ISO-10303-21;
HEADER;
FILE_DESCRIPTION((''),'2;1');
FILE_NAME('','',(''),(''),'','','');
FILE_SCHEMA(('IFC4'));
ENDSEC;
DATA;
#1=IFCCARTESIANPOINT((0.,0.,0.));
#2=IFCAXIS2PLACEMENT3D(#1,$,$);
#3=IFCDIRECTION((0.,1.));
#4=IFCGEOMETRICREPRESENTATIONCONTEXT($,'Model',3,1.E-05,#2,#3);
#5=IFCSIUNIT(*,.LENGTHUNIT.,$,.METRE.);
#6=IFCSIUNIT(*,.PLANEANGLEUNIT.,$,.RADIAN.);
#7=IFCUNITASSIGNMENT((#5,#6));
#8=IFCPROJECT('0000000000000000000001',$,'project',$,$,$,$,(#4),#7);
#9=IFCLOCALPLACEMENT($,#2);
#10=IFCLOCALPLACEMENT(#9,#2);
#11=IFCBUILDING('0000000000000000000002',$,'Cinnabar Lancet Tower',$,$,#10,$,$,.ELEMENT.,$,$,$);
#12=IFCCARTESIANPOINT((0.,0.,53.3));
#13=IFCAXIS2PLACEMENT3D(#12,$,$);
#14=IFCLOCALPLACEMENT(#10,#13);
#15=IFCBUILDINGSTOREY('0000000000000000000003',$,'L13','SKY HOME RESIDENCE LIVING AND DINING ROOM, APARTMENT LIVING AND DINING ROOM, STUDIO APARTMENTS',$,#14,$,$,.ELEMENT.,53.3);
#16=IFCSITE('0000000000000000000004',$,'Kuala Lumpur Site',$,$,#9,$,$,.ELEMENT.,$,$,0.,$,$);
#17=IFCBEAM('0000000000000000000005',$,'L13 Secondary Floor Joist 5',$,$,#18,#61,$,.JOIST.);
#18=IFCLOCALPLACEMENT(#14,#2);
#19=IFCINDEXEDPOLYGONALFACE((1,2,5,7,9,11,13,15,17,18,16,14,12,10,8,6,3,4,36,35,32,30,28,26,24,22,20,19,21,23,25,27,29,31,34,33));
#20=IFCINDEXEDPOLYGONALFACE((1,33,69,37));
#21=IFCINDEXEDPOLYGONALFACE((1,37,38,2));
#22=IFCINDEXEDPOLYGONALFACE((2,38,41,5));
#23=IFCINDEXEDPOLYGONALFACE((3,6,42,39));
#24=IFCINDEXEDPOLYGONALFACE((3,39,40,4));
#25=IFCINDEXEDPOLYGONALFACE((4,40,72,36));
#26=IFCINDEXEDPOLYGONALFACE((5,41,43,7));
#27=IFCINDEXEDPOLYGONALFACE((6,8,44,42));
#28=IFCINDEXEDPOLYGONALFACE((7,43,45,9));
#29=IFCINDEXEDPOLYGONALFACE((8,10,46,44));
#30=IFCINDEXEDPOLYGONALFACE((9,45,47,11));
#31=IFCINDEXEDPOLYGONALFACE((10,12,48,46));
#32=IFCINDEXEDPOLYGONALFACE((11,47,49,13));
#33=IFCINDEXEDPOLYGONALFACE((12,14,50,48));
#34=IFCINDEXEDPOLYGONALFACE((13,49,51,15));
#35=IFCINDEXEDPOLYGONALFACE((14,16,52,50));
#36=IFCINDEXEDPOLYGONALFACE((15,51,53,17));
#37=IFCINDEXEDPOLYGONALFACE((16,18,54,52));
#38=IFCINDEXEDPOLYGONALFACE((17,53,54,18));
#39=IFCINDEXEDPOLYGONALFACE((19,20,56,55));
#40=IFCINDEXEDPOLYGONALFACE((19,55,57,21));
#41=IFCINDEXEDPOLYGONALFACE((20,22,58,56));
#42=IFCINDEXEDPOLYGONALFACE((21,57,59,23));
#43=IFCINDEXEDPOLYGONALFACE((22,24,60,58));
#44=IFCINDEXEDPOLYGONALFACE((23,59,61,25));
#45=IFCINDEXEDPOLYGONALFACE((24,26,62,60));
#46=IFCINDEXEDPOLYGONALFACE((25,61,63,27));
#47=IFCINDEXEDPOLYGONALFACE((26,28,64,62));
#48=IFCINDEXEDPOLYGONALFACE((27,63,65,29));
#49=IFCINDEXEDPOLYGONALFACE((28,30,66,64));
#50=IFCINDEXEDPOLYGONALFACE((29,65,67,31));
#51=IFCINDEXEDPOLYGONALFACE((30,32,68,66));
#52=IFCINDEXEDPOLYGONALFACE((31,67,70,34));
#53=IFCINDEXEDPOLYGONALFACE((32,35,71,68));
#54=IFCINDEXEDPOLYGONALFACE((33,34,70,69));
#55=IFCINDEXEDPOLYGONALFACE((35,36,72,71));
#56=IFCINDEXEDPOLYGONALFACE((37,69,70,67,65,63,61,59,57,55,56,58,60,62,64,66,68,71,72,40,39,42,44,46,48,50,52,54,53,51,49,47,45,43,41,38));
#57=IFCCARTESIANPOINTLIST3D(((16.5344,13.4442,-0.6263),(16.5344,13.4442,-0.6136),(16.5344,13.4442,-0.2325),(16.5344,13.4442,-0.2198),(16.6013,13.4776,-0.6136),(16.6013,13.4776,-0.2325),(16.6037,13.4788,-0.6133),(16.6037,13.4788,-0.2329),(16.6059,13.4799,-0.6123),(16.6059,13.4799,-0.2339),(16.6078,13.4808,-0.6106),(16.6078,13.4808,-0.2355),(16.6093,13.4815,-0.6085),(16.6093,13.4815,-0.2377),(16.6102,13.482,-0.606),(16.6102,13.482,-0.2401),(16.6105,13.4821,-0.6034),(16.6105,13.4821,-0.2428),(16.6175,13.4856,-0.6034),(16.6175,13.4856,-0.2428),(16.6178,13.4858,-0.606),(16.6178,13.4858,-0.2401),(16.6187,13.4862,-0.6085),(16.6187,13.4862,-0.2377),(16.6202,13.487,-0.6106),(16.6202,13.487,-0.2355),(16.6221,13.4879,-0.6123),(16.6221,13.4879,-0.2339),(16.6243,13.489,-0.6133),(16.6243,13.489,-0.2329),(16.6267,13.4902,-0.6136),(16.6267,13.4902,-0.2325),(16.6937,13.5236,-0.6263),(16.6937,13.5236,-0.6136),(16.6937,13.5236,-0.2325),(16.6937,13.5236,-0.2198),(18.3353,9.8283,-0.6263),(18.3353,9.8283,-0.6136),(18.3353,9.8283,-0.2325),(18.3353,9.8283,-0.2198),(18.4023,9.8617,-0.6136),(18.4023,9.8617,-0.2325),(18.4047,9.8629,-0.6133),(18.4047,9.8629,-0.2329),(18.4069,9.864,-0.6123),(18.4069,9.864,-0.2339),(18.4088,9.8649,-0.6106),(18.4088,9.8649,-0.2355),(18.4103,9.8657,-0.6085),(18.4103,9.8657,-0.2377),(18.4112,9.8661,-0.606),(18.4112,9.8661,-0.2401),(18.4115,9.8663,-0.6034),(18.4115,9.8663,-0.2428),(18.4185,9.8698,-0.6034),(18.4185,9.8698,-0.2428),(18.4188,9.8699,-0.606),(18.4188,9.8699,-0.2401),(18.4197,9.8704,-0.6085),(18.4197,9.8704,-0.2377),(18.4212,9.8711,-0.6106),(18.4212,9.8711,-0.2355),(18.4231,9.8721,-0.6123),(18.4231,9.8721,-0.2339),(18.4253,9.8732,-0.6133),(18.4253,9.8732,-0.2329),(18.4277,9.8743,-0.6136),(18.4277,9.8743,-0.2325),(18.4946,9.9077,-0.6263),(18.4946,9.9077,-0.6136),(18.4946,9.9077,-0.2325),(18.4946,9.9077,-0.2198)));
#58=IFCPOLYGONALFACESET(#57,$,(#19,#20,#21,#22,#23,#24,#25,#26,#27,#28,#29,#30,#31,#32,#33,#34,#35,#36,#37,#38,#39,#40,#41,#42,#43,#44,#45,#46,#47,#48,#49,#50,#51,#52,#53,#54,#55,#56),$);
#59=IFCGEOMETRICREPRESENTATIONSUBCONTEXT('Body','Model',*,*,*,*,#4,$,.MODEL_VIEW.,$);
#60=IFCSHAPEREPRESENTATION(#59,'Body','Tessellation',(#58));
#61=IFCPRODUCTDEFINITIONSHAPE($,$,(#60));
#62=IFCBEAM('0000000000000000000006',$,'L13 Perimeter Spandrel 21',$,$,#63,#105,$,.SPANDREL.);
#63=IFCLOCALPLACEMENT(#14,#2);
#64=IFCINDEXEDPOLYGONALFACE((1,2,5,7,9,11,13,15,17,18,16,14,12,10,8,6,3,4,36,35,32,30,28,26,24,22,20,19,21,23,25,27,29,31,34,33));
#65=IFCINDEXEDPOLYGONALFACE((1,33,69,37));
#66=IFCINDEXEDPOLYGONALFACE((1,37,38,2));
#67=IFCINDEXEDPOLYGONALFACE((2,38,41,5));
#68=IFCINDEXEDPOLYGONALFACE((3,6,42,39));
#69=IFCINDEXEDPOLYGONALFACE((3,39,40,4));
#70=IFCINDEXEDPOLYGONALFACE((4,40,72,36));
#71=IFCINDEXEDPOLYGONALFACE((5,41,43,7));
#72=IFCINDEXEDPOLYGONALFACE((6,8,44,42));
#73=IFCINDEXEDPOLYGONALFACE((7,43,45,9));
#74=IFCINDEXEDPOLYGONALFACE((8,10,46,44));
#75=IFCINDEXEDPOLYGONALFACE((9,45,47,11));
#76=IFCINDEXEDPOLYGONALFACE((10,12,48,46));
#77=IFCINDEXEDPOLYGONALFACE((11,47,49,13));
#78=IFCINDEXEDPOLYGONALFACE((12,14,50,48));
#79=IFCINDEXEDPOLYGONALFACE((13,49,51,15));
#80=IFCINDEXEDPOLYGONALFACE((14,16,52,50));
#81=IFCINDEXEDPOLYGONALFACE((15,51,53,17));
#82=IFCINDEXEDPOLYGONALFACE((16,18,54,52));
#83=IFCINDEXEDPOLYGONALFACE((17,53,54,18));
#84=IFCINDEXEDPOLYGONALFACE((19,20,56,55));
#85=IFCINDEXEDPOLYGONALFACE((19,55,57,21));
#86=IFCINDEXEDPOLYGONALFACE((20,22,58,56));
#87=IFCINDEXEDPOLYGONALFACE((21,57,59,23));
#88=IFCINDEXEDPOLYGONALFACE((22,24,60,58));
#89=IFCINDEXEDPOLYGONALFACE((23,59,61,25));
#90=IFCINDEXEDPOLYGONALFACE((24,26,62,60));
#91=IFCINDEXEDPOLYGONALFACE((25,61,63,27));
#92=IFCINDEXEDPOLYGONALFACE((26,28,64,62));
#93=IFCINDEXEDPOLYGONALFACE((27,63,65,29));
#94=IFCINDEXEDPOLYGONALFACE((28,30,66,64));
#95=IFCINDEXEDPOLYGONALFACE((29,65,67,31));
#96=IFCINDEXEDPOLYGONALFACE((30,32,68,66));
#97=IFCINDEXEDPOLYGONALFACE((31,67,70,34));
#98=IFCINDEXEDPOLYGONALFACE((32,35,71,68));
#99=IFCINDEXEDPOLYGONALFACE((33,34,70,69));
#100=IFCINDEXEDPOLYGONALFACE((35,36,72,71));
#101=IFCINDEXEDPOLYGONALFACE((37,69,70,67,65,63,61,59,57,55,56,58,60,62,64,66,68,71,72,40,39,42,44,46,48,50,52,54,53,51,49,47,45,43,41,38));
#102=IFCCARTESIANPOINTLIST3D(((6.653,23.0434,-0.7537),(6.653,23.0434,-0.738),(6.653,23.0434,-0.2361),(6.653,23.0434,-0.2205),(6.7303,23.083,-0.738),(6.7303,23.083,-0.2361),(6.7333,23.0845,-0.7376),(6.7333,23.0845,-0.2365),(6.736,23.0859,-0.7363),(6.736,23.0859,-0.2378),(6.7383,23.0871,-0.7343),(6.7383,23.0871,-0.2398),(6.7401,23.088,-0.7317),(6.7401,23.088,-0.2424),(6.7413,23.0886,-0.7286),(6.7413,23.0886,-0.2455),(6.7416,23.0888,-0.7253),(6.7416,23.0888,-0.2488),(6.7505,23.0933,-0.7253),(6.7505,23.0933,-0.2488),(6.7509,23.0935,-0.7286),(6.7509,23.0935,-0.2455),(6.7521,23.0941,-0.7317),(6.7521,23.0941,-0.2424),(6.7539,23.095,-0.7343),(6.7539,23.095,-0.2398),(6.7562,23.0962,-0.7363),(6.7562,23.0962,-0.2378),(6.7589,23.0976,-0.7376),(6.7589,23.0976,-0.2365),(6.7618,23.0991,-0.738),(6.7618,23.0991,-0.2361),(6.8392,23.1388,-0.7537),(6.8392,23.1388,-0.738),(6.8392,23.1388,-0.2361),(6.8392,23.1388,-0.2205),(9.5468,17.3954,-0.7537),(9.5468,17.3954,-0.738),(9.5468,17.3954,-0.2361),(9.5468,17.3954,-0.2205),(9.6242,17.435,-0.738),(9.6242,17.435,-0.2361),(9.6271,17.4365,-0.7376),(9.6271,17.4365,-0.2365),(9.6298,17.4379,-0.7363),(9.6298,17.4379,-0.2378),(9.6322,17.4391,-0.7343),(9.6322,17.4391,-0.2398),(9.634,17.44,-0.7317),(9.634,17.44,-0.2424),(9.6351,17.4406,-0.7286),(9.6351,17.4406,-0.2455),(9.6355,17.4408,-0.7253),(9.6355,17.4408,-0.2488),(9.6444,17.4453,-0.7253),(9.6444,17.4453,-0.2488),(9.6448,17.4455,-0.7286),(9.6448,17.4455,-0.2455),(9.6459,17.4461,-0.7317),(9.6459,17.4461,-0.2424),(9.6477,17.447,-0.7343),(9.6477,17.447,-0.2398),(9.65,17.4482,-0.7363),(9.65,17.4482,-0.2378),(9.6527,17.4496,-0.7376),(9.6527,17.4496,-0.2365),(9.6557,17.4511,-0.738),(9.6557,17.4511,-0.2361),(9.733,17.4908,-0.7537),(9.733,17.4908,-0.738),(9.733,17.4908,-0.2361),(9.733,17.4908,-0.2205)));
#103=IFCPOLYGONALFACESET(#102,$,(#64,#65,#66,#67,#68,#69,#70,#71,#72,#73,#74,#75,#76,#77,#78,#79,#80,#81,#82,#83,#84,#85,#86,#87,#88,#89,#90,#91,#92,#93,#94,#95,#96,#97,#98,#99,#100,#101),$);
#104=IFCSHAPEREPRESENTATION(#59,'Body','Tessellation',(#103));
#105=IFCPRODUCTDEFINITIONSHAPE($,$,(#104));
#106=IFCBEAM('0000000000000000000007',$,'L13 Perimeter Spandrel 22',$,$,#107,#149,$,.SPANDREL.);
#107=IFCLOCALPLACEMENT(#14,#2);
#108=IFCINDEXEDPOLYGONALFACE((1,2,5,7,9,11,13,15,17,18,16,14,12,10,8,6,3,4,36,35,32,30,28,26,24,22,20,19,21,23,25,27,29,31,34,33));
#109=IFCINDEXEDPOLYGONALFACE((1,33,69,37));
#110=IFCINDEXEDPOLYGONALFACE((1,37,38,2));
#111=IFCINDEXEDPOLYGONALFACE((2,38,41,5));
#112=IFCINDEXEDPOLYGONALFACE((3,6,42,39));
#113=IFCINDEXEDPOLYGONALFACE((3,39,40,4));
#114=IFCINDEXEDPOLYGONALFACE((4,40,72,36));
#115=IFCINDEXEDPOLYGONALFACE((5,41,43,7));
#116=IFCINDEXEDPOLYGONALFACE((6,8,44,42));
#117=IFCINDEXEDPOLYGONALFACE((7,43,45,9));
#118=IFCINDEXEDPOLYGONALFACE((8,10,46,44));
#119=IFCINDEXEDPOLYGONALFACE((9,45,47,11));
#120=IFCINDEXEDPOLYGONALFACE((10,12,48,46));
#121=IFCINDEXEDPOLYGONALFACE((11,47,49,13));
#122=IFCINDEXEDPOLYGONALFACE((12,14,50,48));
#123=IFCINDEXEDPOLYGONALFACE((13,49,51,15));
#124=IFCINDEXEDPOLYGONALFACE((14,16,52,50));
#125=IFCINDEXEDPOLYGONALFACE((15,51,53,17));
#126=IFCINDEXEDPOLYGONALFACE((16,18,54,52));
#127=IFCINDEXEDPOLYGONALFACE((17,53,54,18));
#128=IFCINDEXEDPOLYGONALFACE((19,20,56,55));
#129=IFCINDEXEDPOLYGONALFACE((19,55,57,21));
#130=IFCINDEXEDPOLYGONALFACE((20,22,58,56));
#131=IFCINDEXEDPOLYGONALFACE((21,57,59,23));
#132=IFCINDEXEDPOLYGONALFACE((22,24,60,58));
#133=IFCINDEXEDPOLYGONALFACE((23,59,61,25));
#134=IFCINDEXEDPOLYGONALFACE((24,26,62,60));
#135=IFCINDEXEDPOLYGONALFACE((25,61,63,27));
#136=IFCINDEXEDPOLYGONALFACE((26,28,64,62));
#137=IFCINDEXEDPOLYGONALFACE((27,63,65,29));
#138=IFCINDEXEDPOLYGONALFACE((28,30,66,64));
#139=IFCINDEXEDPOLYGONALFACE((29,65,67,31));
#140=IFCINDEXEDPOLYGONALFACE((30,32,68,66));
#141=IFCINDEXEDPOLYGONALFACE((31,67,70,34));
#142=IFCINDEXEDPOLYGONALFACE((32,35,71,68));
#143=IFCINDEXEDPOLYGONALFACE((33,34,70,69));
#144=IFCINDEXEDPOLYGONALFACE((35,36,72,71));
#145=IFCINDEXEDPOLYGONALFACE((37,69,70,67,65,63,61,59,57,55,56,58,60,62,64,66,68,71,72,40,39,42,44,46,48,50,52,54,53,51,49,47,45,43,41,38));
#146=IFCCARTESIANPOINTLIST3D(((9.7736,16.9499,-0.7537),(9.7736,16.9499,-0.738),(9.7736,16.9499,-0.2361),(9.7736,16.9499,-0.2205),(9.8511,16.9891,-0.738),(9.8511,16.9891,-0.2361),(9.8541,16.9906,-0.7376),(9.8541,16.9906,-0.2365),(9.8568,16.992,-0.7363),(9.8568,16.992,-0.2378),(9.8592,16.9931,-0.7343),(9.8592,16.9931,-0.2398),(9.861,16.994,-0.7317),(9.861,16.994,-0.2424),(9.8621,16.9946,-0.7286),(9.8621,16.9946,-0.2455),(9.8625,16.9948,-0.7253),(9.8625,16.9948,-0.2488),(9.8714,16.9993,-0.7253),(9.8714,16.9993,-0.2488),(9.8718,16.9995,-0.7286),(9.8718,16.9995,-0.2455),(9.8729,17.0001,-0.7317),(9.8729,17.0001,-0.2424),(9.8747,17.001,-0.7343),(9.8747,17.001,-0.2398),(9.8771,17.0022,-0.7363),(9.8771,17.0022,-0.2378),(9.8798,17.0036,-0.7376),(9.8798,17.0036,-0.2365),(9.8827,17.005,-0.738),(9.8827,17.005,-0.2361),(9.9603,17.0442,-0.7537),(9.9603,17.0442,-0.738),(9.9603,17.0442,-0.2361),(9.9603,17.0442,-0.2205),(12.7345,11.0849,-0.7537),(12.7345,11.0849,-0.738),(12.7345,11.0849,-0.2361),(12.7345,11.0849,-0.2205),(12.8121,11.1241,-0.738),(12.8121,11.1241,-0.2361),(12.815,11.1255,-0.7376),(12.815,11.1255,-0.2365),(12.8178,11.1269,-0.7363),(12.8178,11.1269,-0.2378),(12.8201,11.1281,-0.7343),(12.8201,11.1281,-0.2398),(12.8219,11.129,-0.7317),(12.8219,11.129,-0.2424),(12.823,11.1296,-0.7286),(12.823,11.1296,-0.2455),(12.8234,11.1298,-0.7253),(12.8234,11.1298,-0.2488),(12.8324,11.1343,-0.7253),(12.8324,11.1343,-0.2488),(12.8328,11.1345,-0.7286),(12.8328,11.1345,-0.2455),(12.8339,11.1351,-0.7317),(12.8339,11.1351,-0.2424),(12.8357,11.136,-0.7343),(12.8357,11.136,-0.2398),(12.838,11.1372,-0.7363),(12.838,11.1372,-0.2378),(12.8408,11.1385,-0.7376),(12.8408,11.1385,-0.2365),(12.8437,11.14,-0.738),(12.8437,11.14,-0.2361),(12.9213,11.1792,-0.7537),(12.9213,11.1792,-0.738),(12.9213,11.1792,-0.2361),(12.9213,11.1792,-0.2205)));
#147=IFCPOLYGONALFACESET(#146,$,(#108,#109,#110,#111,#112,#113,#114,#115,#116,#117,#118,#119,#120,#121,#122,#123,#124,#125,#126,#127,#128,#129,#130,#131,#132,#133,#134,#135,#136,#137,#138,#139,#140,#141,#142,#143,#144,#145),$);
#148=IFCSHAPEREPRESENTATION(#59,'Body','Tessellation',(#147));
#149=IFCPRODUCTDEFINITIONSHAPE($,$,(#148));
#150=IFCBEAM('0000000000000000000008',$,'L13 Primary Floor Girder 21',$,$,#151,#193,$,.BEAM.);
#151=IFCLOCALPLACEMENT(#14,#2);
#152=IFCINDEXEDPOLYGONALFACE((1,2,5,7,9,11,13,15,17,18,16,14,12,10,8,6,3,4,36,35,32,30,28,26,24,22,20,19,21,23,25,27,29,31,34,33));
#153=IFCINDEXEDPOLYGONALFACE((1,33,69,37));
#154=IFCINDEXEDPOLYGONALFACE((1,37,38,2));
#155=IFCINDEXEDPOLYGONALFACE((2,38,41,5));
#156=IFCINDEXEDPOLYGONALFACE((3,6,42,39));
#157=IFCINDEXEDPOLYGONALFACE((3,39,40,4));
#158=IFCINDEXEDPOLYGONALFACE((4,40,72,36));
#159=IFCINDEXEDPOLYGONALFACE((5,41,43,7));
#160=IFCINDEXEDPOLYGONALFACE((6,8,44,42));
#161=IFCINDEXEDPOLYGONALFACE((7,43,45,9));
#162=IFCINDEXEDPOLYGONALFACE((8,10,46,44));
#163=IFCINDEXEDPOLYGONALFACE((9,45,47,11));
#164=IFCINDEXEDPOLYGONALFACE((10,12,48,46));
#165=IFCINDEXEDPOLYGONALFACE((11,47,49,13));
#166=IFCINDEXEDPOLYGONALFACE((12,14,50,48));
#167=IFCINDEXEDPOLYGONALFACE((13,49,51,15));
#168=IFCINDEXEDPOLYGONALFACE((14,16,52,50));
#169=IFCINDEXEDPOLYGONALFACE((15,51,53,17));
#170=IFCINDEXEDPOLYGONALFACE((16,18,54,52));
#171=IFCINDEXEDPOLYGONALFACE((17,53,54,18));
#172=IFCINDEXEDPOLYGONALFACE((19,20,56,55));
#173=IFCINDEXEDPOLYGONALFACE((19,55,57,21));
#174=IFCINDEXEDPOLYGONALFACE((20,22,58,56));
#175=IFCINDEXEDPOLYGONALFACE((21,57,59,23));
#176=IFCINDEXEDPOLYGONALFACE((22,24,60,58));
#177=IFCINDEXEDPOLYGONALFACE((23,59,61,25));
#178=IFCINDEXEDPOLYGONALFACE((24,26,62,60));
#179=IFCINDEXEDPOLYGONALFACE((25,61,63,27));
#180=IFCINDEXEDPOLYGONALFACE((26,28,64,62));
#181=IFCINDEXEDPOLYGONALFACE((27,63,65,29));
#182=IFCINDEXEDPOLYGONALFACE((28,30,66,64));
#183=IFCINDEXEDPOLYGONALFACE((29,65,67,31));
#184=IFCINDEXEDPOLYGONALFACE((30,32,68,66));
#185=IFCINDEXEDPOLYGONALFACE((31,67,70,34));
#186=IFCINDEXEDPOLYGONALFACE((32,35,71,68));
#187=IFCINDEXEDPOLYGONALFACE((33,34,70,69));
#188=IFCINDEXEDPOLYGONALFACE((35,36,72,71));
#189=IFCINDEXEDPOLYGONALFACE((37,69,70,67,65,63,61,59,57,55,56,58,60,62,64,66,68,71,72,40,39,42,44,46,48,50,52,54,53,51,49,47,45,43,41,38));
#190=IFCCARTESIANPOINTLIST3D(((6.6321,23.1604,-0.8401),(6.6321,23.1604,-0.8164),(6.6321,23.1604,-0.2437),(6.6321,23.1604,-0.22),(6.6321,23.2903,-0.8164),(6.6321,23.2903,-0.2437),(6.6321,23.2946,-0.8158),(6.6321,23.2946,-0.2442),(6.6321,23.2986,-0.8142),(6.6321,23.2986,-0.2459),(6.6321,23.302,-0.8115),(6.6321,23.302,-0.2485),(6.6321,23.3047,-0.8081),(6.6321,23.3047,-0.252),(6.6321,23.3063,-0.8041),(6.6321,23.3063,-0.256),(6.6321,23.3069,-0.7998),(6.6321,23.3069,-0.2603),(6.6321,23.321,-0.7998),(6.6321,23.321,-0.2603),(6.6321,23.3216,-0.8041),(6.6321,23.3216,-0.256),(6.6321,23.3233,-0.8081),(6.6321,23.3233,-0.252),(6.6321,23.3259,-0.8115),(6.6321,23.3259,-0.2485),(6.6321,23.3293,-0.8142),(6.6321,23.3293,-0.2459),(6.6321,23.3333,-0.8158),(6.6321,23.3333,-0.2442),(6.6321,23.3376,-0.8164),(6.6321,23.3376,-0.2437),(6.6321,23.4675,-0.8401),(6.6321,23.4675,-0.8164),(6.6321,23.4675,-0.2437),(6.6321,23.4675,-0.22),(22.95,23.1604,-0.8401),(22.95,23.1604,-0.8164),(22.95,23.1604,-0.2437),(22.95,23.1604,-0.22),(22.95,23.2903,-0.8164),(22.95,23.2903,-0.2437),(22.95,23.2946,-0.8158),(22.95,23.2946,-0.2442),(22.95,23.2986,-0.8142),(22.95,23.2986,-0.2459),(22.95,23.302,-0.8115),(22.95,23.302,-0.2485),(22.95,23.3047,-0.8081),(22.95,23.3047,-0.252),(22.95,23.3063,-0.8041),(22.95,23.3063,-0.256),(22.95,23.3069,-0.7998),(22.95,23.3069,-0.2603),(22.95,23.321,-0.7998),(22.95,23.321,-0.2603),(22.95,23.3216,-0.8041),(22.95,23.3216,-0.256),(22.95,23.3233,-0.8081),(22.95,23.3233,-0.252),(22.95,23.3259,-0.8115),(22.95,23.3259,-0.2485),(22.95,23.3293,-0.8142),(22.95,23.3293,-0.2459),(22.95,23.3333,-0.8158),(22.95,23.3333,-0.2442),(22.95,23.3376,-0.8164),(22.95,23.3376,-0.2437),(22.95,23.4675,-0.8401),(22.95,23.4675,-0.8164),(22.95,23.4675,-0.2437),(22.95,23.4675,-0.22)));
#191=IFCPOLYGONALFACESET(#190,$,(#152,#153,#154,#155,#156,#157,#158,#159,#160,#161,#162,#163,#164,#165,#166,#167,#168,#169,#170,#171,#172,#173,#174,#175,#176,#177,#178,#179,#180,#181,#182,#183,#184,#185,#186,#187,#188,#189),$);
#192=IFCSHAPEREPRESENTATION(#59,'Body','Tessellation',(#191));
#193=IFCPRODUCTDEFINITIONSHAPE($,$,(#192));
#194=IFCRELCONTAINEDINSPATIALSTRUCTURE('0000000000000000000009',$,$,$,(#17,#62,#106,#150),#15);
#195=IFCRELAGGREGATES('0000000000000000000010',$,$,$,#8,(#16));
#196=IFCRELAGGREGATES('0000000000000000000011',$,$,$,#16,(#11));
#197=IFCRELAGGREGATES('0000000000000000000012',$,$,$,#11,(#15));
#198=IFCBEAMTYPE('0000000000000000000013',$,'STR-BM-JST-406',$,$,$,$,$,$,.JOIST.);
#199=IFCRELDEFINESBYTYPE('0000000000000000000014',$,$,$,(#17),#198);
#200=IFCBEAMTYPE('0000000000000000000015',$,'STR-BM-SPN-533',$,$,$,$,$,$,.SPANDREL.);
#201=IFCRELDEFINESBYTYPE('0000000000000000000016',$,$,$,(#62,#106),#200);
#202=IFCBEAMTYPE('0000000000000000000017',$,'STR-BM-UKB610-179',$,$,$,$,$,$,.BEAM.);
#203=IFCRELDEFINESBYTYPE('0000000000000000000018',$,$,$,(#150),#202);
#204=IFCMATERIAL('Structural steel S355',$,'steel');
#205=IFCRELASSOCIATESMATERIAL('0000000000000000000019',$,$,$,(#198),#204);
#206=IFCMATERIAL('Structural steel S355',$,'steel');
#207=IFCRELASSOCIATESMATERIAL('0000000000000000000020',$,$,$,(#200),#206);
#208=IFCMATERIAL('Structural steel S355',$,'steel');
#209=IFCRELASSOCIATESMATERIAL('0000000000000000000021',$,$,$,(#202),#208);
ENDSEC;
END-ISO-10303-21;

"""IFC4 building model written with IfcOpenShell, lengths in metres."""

from ifc_helpers import new_model, si_unit, direction, frame, origin, origin_2d, place, context, subcontext, project, spatial, i_section, extrude, material, material_profile, profile_set, type_object, element, save


model = new_model("IFC4")

# Units and contexts
model_context = context("Model", 3, precision=1e-05, world=origin(), true_north=direction((0.0, 1.0)))
body_context = subcontext(model_context, "Body", "Model", "MODEL_VIEW")
ifc_project = project(units=[si_unit("LENGTHUNIT", "METRE"), si_unit("PLANEANGLEUNIT", "RADIAN")], contexts=[model_context])

# Site, building, storey
site_placement = place(None, origin())
site = spatial("IfcSite", under=ifc_project, at=site_placement, Name="Kuala Lumpur Site", CompositionType="ELEMENT", RefElevation=0.0)
building_placement = place(site_placement, origin())
building = spatial("IfcBuilding", under=site, at=building_placement, Name="Cinnabar Lancet Tower", CompositionType="ELEMENT")
storey_placement = place(building_placement, frame((0.0, 0.0, 53.3)))
storey = spatial("IfcBuildingStorey", under=building, at=storey_placement, Name="L13", Description="SKY HOME RESIDENCE LIVING AND DINING ROOM, APARTMENT LIVING AND DINING ROOM, STUDIO APARTMENTS", CompositionType="ELEMENT", Elevation=53.3)

# Beams
ifc_material_1 = material(Name="Structural steel S355", Category="steel")
ifc_material_profile_1 = material_profile(ifc_material_1, i_section(OverallWidth=0.178, OverallDepth=0.4065, WebThickness=0.0078, FlangeThickness=0.0127, FilletRadius=0.0103, at=origin_2d()), Name="UKB 406x178x60")
ifc_profile_set_1 = profile_set([ifc_material_profile_1], Name="Structural steel S355")
beam_type_1 = type_object("IfcBeamType", Name="STR-BM-JST-406", PredefinedType="JOIST", material=ifc_profile_set_1)
beam_1_placement = place(storey_placement, frame((16.614, 13.4839, -0.4231), z_axis=(0.445835, -0.895115, 0.0), x_axis=(0.895115, 0.445835, 0.0)))
element("IfcBeam", 1, at=beam_1_placement, inside=storey, type_object=beam_type_1, Name="L13 Secondary Floor Joist 5", PredefinedType="JOIST", context=body_context, shape_type="SweptSolid", body=[
    extrude(i_section(OverallWidth=0.178, OverallDepth=0.4065, WebThickness=0.0078, FlangeThickness=0.0127, FilletRadius=0.0103, at=origin_2d()), origin(), (0.0, 0.0, 1.0), 4.0396),
])
ifc_material_2 = material(Name="Structural steel S355", Category="steel")
ifc_material_profile_2 = material_profile(ifc_material_2, i_section(OverallWidth=0.2092, OverallDepth=0.5332, WebThickness=0.01, FlangeThickness=0.0156, FilletRadius=0.0127, at=origin_2d()), Name="UKB 533x210x92")
ifc_profile_set_2 = profile_set([ifc_material_profile_2], Name="Structural steel S355")
beam_type_2 = type_object("IfcBeamType", Name="STR-BM-SPN-533", PredefinedType="SPANDREL", material=ifc_profile_set_2)
beam_2_placement = place(storey_placement, frame((6.7461, 23.0911, -0.4871), z_axis=(0.455994, -0.889983, 0.0), x_axis=(0.889983, 0.455994, 0.0)))
element("IfcBeam", 2, at=beam_2_placement, inside=storey, type_object=beam_type_2, Name="L13 Perimeter Spandrel 21", PredefinedType="SPANDREL", context=body_context, shape_type="SweptSolid", body=[
    extrude(i_section(OverallWidth=0.2092, OverallDepth=0.5332, WebThickness=0.01, FlangeThickness=0.0156, FilletRadius=0.0127, at=origin_2d()), origin(), (0.0, 0.0, 1.0), 6.3462),
])
beam_3_placement = place(storey_placement, frame((9.8669, 16.9971, -0.4871), z_axis=(0.450674, -0.892689, 0.0), x_axis=(0.892689, 0.450674, 0.0)))
element("IfcBeam", 3, at=beam_3_placement, inside=storey, type_object=beam_type_2, Name="L13 Perimeter Spandrel 22", PredefinedType="SPANDREL", context=body_context, shape_type="SweptSolid", body=[
    extrude(i_section(OverallWidth=0.2092, OverallDepth=0.5332, WebThickness=0.01, FlangeThickness=0.0156, FilletRadius=0.0127, at=origin_2d()), origin(), (0.0, 0.0, 1.0), 6.5701),
])
ifc_material_3 = material(Name="Structural steel S355", Category="steel")
ifc_material_profile_3 = material_profile(ifc_material_3, i_section(OverallWidth=0.3071, OverallDepth=0.6201, WebThickness=0.0142, FlangeThickness=0.0237, FilletRadius=0.0166, at=origin_2d()), Name="UKB 610x305x179")
ifc_profile_set_3 = profile_set([ifc_material_profile_3], Name="Structural steel S355")
beam_type_3 = type_object("IfcBeamType", Name="STR-BM-UKB610-179", PredefinedType="BEAM", material=ifc_profile_set_3)
beam_4_placement = place(storey_placement, frame((6.6321, 23.314, -0.53), z_axis=(1.0, 0.0, 0.0), x_axis=(0.0, 1.0, 0.0)))
element("IfcBeam", 4, at=beam_4_placement, inside=storey, type_object=beam_type_3, Name="L13 Primary Floor Girder 21", PredefinedType="BEAM", context=body_context, shape_type="SweptSolid", body=[
    extrude(i_section(OverallWidth=0.3071, OverallDepth=0.6201, WebThickness=0.0142, FlangeThickness=0.0237, FilletRadius=0.0166, at=origin_2d()), origin(), (0.0, 0.0, 1.0), 16.3179),
])

save(model, "model.ifc")
